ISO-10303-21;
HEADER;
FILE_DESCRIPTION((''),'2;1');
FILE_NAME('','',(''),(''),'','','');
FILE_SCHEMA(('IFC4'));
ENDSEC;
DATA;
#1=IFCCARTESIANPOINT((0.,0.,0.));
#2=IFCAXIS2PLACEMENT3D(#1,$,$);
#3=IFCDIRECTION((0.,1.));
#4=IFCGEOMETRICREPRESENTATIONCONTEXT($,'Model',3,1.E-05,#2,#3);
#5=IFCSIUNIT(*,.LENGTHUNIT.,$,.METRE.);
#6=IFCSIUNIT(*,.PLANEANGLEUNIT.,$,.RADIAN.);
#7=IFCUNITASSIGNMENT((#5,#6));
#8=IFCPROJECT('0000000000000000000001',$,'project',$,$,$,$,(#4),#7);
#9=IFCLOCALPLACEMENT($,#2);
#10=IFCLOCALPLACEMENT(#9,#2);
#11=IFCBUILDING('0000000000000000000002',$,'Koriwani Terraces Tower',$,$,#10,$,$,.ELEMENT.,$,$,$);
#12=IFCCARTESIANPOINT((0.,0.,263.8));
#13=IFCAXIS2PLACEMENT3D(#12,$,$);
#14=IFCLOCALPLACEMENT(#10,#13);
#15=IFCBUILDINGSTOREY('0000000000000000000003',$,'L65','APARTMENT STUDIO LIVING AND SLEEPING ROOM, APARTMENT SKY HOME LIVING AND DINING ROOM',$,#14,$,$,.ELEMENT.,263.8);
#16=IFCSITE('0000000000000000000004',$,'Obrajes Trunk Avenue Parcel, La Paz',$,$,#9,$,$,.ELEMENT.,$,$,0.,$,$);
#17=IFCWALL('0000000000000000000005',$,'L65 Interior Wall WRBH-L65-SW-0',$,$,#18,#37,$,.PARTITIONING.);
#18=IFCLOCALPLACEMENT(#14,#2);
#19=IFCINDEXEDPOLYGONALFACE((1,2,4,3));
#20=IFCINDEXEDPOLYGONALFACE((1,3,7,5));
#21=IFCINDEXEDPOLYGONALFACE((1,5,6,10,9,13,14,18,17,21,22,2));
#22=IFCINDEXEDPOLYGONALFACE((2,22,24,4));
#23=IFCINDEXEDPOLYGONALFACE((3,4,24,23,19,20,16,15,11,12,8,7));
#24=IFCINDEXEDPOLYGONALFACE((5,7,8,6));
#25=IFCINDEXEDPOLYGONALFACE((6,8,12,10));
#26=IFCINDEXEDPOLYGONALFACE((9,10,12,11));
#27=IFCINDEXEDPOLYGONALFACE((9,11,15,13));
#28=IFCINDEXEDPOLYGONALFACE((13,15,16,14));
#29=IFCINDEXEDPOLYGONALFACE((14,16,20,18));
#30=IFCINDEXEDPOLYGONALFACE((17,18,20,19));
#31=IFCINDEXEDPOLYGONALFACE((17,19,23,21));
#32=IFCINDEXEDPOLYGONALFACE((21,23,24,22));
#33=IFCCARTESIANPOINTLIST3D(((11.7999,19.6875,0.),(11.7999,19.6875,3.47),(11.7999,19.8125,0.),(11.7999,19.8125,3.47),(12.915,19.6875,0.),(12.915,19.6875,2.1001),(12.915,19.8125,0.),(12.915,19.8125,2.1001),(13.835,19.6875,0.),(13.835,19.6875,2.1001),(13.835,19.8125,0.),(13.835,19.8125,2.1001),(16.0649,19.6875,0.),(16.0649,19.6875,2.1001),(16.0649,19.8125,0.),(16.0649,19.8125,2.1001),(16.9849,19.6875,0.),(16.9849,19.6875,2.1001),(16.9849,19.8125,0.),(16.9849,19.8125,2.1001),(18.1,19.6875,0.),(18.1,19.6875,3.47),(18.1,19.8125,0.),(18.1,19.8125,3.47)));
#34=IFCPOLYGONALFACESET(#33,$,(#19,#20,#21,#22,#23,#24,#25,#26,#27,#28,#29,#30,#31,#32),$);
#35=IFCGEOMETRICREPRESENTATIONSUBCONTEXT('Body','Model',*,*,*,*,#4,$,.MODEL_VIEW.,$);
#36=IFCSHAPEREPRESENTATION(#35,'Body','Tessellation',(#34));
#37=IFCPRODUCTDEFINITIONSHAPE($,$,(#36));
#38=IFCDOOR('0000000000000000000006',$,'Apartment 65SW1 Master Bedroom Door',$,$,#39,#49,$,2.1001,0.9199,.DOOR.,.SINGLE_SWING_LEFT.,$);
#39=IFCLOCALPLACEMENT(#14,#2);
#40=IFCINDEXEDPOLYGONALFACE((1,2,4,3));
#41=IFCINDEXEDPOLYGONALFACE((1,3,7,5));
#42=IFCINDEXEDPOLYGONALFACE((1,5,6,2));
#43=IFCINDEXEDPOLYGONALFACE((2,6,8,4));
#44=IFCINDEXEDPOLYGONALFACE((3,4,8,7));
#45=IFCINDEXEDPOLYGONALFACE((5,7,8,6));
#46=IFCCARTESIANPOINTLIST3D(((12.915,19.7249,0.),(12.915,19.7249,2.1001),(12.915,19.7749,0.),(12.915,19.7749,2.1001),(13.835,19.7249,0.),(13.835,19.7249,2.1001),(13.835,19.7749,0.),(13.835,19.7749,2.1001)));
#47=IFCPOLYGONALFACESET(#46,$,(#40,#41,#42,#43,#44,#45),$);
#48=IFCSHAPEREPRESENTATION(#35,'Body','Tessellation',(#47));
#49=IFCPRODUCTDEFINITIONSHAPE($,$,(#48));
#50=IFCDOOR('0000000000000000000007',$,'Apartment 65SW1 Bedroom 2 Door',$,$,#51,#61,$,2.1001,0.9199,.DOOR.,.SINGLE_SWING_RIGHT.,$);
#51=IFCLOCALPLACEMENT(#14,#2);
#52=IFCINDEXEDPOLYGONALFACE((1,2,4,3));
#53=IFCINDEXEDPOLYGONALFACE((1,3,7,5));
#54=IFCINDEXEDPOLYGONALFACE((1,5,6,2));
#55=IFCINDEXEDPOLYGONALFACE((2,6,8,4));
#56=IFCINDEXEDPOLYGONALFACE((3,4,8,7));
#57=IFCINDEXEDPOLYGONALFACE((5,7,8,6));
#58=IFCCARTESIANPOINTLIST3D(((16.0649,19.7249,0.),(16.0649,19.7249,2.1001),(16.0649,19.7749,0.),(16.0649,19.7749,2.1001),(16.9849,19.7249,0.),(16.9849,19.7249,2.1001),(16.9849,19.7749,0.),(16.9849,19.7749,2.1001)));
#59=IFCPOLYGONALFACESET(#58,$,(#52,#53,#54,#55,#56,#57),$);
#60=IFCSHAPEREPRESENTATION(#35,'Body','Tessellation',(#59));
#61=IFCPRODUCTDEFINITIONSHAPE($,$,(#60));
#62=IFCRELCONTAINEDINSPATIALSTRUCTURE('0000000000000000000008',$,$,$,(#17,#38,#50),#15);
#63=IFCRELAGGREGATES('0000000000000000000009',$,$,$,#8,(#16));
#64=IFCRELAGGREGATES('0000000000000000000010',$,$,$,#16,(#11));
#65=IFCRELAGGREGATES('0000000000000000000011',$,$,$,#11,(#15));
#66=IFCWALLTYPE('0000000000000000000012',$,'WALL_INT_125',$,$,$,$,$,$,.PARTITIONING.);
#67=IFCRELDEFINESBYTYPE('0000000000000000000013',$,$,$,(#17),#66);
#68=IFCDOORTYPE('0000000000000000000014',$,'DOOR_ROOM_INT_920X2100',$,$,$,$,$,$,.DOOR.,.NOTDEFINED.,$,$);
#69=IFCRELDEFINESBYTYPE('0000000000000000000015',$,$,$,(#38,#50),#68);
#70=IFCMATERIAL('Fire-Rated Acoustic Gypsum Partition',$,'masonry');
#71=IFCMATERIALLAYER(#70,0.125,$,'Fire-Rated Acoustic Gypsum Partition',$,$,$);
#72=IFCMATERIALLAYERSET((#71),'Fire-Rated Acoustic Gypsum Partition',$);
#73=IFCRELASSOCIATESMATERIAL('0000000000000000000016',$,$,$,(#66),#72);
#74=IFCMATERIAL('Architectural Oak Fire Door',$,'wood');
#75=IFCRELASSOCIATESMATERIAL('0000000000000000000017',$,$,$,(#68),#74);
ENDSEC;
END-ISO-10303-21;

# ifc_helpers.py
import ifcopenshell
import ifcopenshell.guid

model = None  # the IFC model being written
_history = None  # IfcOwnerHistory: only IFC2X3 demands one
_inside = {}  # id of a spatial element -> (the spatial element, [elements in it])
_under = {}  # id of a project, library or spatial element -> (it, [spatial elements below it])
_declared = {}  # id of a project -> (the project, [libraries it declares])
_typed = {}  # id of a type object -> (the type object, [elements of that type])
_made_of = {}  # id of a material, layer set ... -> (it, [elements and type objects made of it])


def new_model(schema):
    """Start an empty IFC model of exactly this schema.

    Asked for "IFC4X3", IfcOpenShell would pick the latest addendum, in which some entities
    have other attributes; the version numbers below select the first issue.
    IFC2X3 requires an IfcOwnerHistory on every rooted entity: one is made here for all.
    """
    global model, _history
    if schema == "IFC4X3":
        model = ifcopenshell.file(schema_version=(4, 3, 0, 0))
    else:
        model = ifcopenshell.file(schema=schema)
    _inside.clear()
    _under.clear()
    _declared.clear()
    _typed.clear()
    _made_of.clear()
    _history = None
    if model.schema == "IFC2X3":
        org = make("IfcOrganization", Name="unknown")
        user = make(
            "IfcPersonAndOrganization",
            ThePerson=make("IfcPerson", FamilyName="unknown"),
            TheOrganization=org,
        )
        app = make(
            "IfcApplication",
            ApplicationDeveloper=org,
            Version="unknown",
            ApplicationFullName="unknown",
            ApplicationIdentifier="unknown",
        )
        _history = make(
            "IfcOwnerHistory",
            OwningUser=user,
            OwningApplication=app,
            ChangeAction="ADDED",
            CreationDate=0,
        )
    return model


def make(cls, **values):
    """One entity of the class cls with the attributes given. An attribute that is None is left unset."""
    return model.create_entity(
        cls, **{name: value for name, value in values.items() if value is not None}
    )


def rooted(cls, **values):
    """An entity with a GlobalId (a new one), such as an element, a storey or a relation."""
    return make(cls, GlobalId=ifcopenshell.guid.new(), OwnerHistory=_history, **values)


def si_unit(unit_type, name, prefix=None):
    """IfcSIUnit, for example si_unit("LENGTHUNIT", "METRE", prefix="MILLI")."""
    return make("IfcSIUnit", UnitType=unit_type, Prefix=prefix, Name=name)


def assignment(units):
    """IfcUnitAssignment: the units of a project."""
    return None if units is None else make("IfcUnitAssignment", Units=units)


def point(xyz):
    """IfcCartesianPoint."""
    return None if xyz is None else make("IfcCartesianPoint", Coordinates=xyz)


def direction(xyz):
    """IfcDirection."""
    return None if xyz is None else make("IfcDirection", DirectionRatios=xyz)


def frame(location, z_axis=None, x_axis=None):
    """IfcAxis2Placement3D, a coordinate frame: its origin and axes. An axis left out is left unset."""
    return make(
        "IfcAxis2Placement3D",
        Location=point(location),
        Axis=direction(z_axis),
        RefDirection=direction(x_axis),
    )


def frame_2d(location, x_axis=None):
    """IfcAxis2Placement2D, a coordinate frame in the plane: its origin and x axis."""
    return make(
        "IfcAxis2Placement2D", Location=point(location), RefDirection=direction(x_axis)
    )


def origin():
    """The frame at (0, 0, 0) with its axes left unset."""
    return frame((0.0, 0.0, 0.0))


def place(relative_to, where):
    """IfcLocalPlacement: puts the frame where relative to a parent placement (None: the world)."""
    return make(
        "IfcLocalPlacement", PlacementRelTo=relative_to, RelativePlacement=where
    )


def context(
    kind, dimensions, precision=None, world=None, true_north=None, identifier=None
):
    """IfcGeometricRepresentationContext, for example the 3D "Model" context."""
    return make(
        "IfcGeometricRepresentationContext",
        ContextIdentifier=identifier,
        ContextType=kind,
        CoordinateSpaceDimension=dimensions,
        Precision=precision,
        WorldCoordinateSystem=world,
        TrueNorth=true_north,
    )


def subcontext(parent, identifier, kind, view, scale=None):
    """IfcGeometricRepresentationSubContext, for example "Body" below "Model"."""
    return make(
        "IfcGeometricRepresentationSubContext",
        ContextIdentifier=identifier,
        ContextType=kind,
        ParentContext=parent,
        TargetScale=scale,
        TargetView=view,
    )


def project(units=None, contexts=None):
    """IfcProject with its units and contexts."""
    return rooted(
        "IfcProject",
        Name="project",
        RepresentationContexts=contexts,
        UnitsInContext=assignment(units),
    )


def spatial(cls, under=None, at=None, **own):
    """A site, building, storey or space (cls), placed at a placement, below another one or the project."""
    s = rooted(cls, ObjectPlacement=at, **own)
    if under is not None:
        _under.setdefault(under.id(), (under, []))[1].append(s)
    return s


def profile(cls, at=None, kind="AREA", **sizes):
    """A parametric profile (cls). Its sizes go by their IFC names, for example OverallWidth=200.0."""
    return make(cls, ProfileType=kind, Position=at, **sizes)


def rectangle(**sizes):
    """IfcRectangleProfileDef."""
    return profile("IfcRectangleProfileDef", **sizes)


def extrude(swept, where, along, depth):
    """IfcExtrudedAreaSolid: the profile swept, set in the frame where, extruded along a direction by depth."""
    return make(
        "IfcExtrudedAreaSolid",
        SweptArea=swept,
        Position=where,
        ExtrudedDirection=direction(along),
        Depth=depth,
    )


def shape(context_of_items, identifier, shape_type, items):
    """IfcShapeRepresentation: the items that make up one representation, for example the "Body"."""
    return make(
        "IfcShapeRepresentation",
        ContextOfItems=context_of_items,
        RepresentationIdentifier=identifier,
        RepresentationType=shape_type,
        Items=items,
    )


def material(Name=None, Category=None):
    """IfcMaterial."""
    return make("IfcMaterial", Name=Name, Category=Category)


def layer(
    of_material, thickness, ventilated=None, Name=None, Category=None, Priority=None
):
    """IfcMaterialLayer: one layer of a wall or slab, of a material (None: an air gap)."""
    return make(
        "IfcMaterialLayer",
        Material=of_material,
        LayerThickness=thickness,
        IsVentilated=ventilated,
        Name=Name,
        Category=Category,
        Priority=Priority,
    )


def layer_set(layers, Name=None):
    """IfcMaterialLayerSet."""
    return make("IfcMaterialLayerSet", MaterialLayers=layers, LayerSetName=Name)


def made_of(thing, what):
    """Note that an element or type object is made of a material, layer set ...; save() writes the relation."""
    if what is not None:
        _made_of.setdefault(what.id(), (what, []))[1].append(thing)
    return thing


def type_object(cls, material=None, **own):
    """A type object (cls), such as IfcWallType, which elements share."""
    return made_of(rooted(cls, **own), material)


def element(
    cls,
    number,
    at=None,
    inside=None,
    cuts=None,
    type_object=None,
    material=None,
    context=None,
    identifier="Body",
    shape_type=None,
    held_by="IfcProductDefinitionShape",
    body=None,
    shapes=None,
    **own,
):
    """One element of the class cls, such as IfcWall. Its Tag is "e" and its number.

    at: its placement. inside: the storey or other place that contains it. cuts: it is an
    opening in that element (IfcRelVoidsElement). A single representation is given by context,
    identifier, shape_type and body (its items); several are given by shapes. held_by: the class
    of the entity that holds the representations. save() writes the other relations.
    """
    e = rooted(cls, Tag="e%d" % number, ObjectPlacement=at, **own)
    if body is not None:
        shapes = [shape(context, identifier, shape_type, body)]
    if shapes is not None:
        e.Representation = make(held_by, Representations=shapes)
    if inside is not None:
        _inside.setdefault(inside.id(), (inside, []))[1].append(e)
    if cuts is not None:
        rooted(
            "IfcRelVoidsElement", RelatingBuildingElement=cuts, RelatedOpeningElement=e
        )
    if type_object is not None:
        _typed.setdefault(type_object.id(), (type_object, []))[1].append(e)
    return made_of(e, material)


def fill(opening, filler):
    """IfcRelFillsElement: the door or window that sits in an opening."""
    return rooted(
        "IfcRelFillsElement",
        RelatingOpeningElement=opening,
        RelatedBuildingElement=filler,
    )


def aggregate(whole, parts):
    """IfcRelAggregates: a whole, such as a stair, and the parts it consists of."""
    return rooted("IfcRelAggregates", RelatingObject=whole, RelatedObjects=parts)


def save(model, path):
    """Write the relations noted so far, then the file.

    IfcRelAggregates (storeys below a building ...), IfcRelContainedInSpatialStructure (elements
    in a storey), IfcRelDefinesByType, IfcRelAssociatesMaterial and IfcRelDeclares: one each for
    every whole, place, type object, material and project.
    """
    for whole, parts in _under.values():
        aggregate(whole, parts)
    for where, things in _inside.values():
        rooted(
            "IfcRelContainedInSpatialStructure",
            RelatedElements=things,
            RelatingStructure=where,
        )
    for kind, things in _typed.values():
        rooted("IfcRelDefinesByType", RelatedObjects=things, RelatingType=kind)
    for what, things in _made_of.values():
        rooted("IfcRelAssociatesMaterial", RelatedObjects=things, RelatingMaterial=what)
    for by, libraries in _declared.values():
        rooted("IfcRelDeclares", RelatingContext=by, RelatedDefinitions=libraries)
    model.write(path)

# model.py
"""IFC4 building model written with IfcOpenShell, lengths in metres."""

from ifc_helpers import new_model, si_unit, direction, frame, frame_2d, origin, place, context, subcontext, project, spatial, rectangle, extrude, material, layer, layer_set, type_object, element, fill, save


model = new_model("IFC4")

# Units and contexts
model_context = context("Model", 3, precision=1e-05, world=origin(), true_north=direction((0.0, 1.0)))
body_context = subcontext(model_context, "Body", "Model", "MODEL_VIEW")
ifc_project = project(units=[si_unit("LENGTHUNIT", "METRE"), si_unit("PLANEANGLEUNIT", "RADIAN")], contexts=[model_context])

# Site, building, storey
site_placement = place(None, origin())
site = spatial("IfcSite", under=ifc_project, at=site_placement, Name="Obrajes Trunk Avenue Parcel, La Paz", CompositionType="ELEMENT", RefElevation=0.0)
building_placement = place(site_placement, origin())
building = spatial("IfcBuilding", under=site, at=building_placement, Name="Koriwani Terraces Tower", CompositionType="ELEMENT")
storey_placement = place(building_placement, frame((0.0, 0.0, 263.8)))
storey = spatial("IfcBuildingStorey", under=building, at=storey_placement, Name="L65", Description="APARTMENT STUDIO LIVING AND SLEEPING ROOM, APARTMENT SKY HOME LIVING AND DINING ROOM", CompositionType="ELEMENT", Elevation=263.8)

# Wall, openings, doors
ifc_material_1 = material(Name="Fire-Rated Acoustic Gypsum Partition", Category="masonry")
ifc_layer_1 = layer(ifc_material_1, 0.125, Name="Fire-Rated Acoustic Gypsum Partition")
ifc_layer_set_1 = layer_set([ifc_layer_1], Name="Fire-Rated Acoustic Gypsum Partition")
wall_type_1 = type_object("IfcWallType", Name="WALL_INT_125", PredefinedType="PARTITIONING", material=ifc_layer_set_1)
wall_1_placement = place(storey_placement, frame((11.8, 19.75, 0.0), z_axis=(0.0, 0.0, 1.0), x_axis=(1.0, 0.0, 0.0)))
wall_1 = element("IfcWall", 1, at=wall_1_placement, inside=storey, type_object=wall_type_1, Name="L65 Interior Wall WRBH-L65-SW-0", PredefinedType="PARTITIONING", context=body_context, shape_type="SweptSolid", body=[
    extrude(rectangle(XDim=6.3, YDim=0.125, at=frame_2d((3.1499, 0.0))), origin(), (0.0, 0.0, 1.0), 3.47),
])
opening_1_placement = place(wall_1_placement, frame((1.115, 0.0, 0.0)))
opening_1 = element("IfcOpeningElement", 2, at=opening_1_placement, cuts=wall_1, PredefinedType="OPENING", context=body_context, shape_type="SweptSolid", body=[
    extrude(rectangle(XDim=0.9199, YDim=2.1001, at=frame_2d((0.46, 1.05))), frame((0.0, 0.0725, 0.0), z_axis=(0.0, -1.0, 0.0), x_axis=(1.0, 0.0, 0.0)), (0.0, 0.0, 1.0), 0.145),
])
opening_2_placement = place(wall_1_placement, frame((4.2649, 0.0, 0.0)))
opening_2 = element("IfcOpeningElement", 3, at=opening_2_placement, cuts=wall_1, PredefinedType="OPENING", context=body_context, shape_type="SweptSolid", body=[
    extrude(rectangle(XDim=0.9199, YDim=2.1001, at=frame_2d((0.46, 1.05))), frame((0.0, 0.0725, 0.0), z_axis=(0.0, -1.0, 0.0), x_axis=(1.0, 0.0, 0.0)), (0.0, 0.0, 1.0), 0.145),
])
ifc_material_2 = material(Name="Architectural Oak Fire Door", Category="wood")
door_type_1 = type_object("IfcDoorType", Name="DOOR_ROOM_INT_920X2100", OperationType="NOTDEFINED", PredefinedType="DOOR", material=ifc_material_2)
door_1_placement = place(opening_1_placement, origin())
door_1 = element("IfcDoor", 4, at=door_1_placement, inside=storey, type_object=door_type_1, Name="Apartment 65SW1 Master Bedroom Door", OperationType="SINGLE_SWING_LEFT", OverallHeight=2.1001, OverallWidth=0.9199, PredefinedType="DOOR", context=body_context, shape_type="SweptSolid", body=[
    extrude(rectangle(XDim=0.9199, YDim=2.1001, at=frame_2d((0.46, 1.05))), frame((0.0, 0.0249, 0.0), z_axis=(0.0, -1.0, 0.0), x_axis=(1.0, 0.0, 0.0)), (0.0, 0.0, 1.0), 0.05),
])
fill(opening_1, door_1)
door_2_placement = place(opening_2_placement, origin())
door_2 = element("IfcDoor", 5, at=door_2_placement, inside=storey, type_object=door_type_1, Name="Apartment 65SW1 Bedroom 2 Door", OperationType="SINGLE_SWING_RIGHT", OverallHeight=2.1001, OverallWidth=0.9199, PredefinedType="DOOR", context=body_context, shape_type="SweptSolid", body=[
    extrude(rectangle(XDim=0.9199, YDim=2.1001, at=frame_2d((0.46, 1.05))), frame((0.0, 0.0249, 0.0), z_axis=(0.0, -1.0, 0.0), x_axis=(1.0, 0.0, 0.0)), (0.0, 0.0, 1.0), 0.05),
])
fill(opening_2, door_2)

save(model, "model.ifc")
